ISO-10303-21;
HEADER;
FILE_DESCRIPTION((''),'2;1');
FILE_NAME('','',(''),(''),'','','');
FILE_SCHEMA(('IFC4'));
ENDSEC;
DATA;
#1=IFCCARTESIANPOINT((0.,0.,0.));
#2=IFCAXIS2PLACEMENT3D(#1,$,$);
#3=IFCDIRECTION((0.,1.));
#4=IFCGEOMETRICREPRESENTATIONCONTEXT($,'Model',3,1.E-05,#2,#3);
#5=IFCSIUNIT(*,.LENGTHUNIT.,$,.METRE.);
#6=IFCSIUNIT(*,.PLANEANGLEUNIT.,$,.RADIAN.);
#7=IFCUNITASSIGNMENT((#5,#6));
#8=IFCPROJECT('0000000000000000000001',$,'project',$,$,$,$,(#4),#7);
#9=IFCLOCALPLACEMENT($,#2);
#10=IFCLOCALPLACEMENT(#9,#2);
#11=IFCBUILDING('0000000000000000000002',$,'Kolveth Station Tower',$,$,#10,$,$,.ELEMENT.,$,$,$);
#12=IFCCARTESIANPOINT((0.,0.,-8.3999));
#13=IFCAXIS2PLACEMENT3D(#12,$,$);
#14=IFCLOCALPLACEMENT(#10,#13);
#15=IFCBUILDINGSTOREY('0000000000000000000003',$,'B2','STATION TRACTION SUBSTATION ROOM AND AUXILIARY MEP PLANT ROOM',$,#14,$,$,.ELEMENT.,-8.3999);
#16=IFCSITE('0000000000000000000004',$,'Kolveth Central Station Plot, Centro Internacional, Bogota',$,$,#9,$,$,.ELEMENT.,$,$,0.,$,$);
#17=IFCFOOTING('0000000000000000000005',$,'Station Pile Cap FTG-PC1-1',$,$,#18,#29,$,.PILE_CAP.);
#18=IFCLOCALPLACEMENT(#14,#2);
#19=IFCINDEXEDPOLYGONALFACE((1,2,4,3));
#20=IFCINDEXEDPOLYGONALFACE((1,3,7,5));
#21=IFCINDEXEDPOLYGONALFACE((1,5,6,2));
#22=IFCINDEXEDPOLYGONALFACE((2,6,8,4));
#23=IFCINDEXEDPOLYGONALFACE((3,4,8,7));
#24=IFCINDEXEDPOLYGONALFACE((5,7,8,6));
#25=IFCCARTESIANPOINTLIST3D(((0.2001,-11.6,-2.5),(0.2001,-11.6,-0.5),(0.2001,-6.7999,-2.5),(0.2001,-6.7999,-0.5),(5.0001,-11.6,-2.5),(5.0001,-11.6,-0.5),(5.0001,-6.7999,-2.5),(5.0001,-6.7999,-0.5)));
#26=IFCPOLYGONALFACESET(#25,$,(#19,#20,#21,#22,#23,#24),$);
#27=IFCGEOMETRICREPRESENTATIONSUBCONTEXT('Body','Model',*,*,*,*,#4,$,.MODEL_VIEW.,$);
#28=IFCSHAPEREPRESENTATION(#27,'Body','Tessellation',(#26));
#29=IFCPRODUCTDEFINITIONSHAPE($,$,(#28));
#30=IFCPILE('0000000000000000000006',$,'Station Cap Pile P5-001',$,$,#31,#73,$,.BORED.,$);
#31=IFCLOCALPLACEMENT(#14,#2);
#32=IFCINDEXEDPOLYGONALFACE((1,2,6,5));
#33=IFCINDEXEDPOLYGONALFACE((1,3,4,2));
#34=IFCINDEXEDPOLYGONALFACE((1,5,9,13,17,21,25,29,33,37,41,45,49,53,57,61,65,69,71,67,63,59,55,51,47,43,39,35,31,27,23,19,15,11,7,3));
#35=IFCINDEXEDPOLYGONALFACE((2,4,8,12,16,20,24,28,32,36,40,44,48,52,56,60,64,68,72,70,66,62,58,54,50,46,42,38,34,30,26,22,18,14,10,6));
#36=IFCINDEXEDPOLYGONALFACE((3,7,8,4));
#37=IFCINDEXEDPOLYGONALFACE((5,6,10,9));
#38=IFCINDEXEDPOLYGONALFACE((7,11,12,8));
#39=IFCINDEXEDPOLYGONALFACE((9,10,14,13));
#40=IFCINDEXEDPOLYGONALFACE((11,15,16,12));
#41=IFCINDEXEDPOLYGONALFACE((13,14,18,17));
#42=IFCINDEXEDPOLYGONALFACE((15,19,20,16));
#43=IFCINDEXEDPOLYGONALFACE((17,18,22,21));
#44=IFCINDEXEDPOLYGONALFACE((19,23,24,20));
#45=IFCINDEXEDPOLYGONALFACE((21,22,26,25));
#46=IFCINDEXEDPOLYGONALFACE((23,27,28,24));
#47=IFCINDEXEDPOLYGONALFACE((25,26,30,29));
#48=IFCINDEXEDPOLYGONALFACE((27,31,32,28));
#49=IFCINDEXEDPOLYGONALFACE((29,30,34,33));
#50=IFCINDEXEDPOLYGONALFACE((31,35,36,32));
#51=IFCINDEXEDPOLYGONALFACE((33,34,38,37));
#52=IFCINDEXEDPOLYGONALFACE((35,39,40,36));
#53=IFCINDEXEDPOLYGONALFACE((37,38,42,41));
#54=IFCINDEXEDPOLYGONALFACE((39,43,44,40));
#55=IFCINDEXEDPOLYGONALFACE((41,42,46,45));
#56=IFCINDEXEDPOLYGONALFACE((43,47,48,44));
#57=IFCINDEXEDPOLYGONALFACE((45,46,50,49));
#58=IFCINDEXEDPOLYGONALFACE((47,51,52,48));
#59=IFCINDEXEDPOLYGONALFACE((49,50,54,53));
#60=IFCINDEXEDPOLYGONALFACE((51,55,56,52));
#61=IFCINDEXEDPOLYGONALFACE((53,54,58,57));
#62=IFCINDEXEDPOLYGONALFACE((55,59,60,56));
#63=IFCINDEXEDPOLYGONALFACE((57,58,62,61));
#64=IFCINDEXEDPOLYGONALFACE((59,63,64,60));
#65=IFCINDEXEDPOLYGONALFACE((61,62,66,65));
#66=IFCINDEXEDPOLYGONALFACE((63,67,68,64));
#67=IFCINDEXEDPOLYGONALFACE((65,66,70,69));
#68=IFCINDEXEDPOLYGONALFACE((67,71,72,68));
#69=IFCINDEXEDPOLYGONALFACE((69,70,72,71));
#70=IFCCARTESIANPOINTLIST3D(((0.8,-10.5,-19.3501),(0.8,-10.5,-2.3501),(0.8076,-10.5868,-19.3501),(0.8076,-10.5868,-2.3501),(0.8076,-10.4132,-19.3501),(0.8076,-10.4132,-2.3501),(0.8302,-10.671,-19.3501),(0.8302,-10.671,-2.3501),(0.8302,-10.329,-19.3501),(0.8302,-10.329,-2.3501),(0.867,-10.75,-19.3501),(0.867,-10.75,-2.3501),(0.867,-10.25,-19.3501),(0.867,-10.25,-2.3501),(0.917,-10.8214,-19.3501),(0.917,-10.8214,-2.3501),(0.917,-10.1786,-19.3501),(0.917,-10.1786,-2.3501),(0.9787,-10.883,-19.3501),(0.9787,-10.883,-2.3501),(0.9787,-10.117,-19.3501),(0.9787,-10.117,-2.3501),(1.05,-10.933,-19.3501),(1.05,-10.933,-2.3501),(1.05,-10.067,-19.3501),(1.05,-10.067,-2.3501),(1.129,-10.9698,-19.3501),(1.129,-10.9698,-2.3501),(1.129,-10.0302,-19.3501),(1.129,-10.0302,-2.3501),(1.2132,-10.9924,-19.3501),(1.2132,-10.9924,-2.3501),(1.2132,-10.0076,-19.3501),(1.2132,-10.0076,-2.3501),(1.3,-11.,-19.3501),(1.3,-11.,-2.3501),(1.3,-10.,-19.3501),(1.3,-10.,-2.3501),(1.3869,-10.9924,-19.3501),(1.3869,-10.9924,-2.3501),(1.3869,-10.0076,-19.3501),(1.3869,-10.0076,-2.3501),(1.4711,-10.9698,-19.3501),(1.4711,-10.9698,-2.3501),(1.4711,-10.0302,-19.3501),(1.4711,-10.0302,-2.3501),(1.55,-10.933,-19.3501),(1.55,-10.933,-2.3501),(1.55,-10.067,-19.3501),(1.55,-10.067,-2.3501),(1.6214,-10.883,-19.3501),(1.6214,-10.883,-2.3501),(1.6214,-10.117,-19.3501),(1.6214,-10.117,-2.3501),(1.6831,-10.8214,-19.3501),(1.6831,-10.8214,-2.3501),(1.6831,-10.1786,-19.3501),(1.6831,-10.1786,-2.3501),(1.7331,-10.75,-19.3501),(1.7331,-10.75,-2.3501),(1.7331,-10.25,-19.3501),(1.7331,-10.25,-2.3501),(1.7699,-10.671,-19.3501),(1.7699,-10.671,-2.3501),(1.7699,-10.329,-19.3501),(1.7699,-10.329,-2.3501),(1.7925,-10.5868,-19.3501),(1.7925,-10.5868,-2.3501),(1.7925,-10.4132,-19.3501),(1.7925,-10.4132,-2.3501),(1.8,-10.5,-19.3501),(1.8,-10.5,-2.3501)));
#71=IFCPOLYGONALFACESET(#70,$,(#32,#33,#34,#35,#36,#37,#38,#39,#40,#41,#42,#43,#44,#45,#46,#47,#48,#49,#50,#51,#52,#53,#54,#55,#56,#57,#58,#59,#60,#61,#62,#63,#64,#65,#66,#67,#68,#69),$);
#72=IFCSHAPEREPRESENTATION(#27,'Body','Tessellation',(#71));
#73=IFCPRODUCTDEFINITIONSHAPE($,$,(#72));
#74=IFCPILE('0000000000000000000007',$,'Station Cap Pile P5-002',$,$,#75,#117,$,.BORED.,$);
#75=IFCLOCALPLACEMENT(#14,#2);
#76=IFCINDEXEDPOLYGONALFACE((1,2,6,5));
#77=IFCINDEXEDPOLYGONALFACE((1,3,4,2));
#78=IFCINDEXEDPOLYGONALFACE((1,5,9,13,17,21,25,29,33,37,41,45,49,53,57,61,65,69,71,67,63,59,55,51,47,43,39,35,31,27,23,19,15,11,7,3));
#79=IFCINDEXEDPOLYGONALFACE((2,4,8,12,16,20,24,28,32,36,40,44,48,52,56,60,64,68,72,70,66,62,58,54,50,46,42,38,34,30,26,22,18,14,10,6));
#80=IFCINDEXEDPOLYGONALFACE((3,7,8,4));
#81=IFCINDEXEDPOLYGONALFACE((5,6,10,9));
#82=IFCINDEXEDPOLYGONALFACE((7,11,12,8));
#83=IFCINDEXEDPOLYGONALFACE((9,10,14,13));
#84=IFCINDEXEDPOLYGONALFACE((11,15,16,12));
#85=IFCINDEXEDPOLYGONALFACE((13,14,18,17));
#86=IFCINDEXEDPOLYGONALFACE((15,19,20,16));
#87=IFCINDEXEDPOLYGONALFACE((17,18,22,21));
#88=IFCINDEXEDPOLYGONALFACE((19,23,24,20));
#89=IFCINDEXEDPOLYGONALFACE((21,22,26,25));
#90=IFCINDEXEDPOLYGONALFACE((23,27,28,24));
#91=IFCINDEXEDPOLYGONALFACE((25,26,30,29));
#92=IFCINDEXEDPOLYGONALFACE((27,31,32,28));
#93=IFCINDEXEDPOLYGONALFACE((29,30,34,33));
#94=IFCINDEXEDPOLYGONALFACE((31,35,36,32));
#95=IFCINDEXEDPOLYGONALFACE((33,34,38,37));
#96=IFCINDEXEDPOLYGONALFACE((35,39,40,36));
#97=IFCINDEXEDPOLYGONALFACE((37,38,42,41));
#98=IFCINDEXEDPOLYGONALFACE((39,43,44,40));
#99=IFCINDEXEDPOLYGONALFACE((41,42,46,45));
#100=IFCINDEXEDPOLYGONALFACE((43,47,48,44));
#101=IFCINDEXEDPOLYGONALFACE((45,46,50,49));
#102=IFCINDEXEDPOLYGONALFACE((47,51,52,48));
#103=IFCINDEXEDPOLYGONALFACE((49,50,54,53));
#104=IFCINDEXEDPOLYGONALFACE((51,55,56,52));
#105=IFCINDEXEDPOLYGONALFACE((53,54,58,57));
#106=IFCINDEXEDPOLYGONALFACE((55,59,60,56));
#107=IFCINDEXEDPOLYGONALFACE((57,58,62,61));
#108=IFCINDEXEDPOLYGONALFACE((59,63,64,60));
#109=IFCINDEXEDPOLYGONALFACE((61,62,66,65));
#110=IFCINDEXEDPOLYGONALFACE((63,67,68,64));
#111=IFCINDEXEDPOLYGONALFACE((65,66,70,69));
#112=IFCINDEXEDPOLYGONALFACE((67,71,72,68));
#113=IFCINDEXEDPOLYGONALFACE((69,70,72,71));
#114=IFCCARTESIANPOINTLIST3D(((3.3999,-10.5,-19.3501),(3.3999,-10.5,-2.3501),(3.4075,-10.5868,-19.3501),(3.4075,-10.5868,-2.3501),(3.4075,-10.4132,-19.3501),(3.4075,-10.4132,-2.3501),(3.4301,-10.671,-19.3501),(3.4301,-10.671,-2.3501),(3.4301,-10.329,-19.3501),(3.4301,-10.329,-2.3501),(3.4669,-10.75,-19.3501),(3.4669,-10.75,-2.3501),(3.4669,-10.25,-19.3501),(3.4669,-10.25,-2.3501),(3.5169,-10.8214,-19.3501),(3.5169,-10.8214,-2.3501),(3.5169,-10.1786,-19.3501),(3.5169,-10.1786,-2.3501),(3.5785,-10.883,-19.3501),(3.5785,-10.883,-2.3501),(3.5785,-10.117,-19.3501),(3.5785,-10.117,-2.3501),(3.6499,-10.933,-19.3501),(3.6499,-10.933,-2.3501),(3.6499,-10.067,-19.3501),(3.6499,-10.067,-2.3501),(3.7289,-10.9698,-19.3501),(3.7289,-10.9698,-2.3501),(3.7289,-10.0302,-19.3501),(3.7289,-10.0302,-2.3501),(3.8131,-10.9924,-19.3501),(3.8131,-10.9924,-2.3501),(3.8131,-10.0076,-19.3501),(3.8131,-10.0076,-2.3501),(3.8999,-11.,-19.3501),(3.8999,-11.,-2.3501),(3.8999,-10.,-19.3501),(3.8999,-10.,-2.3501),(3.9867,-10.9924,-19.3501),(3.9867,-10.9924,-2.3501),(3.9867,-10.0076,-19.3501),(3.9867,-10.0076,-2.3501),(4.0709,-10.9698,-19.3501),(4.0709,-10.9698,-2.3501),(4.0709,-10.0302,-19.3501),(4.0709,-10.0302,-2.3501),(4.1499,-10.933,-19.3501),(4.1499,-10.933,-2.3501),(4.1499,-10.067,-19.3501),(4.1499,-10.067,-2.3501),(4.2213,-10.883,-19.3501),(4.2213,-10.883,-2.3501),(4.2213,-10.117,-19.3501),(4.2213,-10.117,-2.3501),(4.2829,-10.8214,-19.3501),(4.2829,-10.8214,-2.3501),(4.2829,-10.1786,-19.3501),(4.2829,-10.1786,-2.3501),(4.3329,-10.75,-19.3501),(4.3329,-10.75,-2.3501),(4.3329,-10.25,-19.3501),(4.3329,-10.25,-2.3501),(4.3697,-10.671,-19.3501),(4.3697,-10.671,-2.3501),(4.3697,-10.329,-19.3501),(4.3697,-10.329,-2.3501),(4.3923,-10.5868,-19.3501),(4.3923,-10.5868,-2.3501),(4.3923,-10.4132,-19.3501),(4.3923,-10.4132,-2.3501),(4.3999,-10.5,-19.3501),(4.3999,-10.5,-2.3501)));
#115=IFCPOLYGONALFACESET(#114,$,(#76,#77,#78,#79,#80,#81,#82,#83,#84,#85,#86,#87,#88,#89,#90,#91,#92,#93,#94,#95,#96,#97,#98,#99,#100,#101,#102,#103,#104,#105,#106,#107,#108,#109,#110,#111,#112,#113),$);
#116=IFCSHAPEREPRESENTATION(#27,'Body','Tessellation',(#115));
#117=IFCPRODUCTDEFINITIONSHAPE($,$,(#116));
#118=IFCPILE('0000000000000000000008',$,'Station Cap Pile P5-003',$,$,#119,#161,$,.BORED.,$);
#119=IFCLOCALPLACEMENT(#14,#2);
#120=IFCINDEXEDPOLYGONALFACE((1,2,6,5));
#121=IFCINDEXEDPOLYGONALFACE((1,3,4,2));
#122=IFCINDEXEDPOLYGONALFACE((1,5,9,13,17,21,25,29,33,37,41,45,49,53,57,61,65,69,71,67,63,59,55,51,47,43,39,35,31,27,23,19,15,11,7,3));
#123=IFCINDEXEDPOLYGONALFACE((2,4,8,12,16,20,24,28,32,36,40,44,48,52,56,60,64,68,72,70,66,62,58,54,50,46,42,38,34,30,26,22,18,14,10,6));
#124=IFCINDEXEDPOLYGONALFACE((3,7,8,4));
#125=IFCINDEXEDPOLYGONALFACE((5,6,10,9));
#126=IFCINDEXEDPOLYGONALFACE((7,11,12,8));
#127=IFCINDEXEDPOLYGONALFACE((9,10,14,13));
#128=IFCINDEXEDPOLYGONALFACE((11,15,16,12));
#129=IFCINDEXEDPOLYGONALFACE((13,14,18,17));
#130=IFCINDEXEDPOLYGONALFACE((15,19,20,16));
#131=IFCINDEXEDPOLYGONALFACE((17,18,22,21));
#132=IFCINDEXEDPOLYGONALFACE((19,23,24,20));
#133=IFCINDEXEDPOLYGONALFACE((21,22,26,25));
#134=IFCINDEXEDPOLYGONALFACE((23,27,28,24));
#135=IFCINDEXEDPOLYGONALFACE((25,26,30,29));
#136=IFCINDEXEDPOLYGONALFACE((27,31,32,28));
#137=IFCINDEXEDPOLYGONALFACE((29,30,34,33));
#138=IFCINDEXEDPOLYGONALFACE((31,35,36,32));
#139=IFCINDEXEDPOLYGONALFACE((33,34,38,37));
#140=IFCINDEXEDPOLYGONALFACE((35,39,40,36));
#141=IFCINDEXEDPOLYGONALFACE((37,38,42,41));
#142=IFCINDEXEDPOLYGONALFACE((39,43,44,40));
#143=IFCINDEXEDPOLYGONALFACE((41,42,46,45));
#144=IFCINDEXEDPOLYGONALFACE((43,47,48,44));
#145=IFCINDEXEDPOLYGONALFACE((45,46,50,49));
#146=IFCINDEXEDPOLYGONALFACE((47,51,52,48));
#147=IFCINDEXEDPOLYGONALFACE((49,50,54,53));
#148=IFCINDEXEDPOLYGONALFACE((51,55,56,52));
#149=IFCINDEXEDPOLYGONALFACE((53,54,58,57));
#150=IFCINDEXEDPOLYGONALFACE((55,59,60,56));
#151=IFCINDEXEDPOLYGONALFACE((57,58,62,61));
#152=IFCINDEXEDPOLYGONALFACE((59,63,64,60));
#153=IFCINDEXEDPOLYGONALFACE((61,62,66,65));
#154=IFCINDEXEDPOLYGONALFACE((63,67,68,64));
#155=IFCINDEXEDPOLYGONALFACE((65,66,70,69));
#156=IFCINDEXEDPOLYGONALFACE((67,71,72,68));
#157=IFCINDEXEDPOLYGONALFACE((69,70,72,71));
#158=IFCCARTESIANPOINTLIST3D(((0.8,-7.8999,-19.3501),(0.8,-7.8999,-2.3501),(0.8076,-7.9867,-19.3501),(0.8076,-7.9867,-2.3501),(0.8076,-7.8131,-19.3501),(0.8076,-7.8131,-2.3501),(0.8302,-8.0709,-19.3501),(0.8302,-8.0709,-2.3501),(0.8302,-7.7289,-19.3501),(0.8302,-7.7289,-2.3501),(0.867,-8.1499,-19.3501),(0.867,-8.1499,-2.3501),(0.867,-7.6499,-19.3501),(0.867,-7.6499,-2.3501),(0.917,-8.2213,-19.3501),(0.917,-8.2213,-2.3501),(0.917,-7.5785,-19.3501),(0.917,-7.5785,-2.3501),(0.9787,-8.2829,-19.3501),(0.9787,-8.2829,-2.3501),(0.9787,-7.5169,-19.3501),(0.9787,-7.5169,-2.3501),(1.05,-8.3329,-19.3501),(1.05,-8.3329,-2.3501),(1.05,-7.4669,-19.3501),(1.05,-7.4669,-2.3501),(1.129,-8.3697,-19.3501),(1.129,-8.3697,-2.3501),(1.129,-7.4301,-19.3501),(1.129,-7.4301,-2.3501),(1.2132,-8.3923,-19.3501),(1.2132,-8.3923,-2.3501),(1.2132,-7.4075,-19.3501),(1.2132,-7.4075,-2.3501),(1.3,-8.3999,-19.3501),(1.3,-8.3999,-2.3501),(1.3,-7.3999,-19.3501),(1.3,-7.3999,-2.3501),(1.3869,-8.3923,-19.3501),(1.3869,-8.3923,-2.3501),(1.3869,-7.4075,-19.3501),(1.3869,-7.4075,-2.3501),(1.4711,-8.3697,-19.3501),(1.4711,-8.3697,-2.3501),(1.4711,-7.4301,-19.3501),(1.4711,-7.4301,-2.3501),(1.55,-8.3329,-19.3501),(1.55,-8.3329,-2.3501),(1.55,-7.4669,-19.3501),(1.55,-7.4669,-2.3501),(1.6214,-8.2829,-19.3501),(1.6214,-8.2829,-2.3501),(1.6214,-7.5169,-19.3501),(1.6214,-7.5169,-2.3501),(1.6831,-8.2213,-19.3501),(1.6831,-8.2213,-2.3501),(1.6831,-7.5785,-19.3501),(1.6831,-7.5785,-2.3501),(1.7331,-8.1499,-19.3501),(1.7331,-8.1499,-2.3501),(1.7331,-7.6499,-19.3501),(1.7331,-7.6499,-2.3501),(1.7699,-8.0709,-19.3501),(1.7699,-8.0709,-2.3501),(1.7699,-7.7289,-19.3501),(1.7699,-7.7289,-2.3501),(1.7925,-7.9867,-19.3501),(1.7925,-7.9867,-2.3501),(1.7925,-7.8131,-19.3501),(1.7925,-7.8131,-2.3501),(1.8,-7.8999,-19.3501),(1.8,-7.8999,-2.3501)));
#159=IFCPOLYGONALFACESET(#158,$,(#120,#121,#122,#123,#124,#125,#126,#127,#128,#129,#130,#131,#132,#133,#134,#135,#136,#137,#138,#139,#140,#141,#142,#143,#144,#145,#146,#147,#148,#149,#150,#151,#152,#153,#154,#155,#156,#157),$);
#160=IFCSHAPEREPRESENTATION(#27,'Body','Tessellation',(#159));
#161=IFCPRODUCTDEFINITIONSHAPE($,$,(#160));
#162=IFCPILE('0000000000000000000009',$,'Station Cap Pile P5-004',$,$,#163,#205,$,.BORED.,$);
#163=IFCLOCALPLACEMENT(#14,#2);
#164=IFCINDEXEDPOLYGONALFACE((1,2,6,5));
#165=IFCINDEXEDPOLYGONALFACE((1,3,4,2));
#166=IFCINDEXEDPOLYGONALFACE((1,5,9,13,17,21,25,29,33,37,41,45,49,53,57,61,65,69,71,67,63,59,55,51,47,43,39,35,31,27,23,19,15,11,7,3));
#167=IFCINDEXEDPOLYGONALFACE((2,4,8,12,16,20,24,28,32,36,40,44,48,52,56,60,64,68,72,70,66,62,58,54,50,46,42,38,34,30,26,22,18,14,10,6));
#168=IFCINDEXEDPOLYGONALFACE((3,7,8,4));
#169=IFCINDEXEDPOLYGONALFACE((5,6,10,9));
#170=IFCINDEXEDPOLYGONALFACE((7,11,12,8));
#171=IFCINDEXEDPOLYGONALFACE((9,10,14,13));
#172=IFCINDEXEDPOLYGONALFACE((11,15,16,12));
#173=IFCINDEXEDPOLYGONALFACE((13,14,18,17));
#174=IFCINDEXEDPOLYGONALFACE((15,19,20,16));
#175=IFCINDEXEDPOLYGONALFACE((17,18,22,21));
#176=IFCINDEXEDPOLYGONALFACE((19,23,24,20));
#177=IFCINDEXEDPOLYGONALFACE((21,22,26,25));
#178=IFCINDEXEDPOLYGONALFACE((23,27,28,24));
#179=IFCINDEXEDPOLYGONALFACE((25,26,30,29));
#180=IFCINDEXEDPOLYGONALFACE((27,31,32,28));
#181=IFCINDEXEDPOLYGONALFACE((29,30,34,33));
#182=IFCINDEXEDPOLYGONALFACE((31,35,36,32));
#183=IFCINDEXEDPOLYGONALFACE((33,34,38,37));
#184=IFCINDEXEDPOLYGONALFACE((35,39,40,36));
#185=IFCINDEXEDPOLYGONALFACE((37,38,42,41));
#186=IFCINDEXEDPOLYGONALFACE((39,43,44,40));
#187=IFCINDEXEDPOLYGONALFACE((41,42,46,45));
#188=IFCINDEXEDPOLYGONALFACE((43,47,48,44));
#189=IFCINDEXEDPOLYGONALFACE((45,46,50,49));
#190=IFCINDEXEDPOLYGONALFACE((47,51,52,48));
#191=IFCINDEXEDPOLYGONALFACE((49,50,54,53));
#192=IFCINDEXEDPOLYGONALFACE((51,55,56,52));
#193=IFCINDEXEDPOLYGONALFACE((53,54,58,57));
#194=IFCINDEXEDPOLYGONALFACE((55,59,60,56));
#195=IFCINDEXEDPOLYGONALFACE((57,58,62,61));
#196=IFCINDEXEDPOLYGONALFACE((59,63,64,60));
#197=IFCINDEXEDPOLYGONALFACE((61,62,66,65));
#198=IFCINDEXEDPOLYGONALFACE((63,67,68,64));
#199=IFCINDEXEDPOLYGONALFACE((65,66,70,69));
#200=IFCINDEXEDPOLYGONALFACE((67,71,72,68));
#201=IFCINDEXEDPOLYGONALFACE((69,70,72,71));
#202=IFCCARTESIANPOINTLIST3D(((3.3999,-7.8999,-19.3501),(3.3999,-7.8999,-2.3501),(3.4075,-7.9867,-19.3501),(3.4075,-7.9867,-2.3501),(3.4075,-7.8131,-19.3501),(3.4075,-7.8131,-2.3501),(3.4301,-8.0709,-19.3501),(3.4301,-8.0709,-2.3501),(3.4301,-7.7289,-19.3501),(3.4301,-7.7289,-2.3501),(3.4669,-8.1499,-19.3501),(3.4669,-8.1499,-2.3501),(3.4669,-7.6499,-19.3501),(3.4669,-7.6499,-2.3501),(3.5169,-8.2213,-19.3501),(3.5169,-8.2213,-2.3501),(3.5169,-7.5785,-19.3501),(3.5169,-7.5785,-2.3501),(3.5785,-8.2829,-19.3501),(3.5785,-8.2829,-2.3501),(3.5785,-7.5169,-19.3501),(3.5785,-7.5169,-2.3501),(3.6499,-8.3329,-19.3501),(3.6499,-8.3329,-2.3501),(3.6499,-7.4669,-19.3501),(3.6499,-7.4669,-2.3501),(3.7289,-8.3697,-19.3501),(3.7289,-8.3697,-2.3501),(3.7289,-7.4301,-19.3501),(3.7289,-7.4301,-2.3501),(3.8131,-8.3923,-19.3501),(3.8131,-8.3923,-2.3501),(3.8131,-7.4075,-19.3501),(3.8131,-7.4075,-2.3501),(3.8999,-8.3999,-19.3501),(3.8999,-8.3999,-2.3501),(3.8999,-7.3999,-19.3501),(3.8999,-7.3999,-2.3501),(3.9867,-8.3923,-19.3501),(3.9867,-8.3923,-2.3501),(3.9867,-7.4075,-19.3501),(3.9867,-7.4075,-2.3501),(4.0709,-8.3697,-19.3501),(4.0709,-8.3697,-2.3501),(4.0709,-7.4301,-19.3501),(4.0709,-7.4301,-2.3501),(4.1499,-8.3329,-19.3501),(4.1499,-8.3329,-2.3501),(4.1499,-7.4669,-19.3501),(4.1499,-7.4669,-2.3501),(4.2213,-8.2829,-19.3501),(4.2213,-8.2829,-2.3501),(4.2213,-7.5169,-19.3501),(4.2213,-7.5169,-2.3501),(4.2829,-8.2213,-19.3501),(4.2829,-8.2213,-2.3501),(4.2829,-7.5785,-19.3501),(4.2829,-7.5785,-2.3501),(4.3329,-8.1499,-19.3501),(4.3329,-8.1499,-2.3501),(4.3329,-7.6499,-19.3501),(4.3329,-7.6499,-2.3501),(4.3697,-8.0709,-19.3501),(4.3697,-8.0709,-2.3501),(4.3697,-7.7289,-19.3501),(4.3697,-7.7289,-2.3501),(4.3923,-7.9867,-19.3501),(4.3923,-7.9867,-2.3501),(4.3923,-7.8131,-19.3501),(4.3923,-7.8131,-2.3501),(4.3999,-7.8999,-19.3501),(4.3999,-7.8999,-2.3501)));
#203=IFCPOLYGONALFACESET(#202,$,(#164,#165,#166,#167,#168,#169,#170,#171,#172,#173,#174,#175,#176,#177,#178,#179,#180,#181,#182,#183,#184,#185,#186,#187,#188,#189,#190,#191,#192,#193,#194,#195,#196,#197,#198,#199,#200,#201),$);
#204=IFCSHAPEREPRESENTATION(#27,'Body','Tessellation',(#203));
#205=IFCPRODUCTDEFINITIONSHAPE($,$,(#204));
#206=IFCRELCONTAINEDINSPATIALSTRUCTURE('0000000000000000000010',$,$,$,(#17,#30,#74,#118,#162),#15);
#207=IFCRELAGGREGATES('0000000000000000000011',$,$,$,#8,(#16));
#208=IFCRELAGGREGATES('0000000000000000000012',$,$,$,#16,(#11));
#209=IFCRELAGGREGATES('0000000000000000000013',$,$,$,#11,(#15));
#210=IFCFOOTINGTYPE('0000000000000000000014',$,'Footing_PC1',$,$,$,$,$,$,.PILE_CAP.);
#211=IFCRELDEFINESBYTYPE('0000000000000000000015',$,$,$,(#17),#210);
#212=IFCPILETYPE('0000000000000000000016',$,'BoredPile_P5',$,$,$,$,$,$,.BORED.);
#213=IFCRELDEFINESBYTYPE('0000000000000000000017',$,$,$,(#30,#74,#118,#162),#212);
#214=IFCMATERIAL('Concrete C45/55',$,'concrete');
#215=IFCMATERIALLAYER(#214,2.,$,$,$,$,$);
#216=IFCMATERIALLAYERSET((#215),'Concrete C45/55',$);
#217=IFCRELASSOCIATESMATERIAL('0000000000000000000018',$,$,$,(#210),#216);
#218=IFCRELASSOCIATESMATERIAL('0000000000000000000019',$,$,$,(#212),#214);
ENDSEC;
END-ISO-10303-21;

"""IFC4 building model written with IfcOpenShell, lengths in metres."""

from ifc_helpers import new_model, si_unit, direction, frame, origin, origin_2d, place, context, subcontext, project, spatial, rectangle, circle, extrude, source, transform, mapped, material, layer, layer_set, material_profile, profile_set, type_object, element, save


model = new_model("IFC4")

# Units and contexts
model_context = context("Model", 3, precision=1e-05, world=origin(), true_north=direction((0.0, 1.0)))
body_context = subcontext(model_context, "Body", "Model", "MODEL_VIEW")
ifc_project = project(units=[si_unit("LENGTHUNIT", "METRE"), si_unit("PLANEANGLEUNIT", "RADIAN")], contexts=[model_context])

# Site, building, storey
site_placement = place(None, origin())
site = spatial("IfcSite", under=ifc_project, at=site_placement, Name="Kolveth Central Station Plot, Centro Internacional, Bogota", CompositionType="ELEMENT", RefElevation=0.0)
building_placement = place(site_placement, origin())
building = spatial("IfcBuilding", under=site, at=building_placement, Name="Kolveth Station Tower", CompositionType="ELEMENT")
storey_placement = place(building_placement, frame((0.0, 0.0, -8.3999)))
storey = spatial("IfcBuildingStorey", under=building, at=storey_placement, Name="B2", Description="STATION TRACTION SUBSTATION ROOM AND AUXILIARY MEP PLANT ROOM", CompositionType="ELEMENT", Elevation=-8.3999)

# Footing
ifc_material_1 = material(Name="Concrete C45/55", Category="concrete")
ifc_layer_1 = layer(ifc_material_1, 2.0)
ifc_layer_set_1 = layer_set([ifc_layer_1], Name="Concrete C45/55")
footing_type_1 = type_object("IfcFootingType", Name="Footing_PC1", PredefinedType="PILE_CAP", material=ifc_layer_set_1)
shared_shape_1 = source(origin(), body_context, "Body", "SweptSolid", [
    extrude(rectangle(XDim=4.8, YDim=4.8, at=origin_2d()), origin(), (0.0, 0.0, 1.0), 2.0),
])
footing_1_placement = place(storey_placement, frame((2.6001, -9.2, -2.5), z_axis=(0.0, 0.0, 1.0), x_axis=(1.0, 0.0, 0.0)))
element("IfcFooting", 1, at=footing_1_placement, inside=storey, type_object=footing_type_1, Name="Station Pile Cap FTG-PC1-1", PredefinedType="PILE_CAP", context=body_context, shape_type="MappedRepresentation", body=[
    mapped(shared_shape_1, transform((0.0, 0.0, 0.0), x_axis=(1.0, 0.0, 0.0), y_axis=(0.0, 1.0, 0.0), z_axis=(0.0, 0.0, 1.0), scale=1.0)),
])

# Piles
ifc_material_profile_1 = material_profile(ifc_material_1, circle(Radius=0.5, at=origin_2d()), Name="PILE-D1000")
ifc_profile_set_1 = profile_set([ifc_material_profile_1], Name="Concrete C45/55")
pile_type_1 = type_object("IfcPileType", Name="BoredPile_P5", PredefinedType="BORED", material=ifc_profile_set_1)
shared_shape_2 = source(origin(), body_context, "Body", "SweptSolid", [
    extrude(circle(Radius=0.5, at=origin_2d()), origin(), (0.0, 0.0, 1.0), 17.0),
])
for number, where, z_axis, x_axis, name in (
    (2, (1.3, -10.5, -2.3501), (0.0, 0.0, -1.0), (1.0, 0.0, 0.0), "Station Cap Pile P5-001"),
    (3, (3.8999, -10.5, -2.3501), (0.0, 0.0, -1.0), (1.0, 0.0, 0.0), "Station Cap Pile P5-002"),
    (4, (1.3, -7.8999, -2.3501), (0.0, 0.0, -1.0), (1.0, 0.0, 0.0), "Station Cap Pile P5-003"),
    (5, (3.8999, -7.8999, -2.3501), (0.0, 0.0, -1.0), (1.0, 0.0, 0.0), "Station Cap Pile P5-004"),
):
    element("IfcPile", number, at=place(storey_placement, frame(where, z_axis=z_axis, x_axis=x_axis)), inside=storey, type_object=pile_type_1, Name=name, PredefinedType="BORED", context=body_context, shape_type="MappedRepresentation", body=[
        mapped(shared_shape_2, transform((0.0, 0.0, 0.0), x_axis=(1.0, 0.0, 0.0), y_axis=(0.0, 1.0, 0.0), z_axis=(0.0, 0.0, 1.0), scale=1.0)),
    ])

save(model, "model.ifc")
